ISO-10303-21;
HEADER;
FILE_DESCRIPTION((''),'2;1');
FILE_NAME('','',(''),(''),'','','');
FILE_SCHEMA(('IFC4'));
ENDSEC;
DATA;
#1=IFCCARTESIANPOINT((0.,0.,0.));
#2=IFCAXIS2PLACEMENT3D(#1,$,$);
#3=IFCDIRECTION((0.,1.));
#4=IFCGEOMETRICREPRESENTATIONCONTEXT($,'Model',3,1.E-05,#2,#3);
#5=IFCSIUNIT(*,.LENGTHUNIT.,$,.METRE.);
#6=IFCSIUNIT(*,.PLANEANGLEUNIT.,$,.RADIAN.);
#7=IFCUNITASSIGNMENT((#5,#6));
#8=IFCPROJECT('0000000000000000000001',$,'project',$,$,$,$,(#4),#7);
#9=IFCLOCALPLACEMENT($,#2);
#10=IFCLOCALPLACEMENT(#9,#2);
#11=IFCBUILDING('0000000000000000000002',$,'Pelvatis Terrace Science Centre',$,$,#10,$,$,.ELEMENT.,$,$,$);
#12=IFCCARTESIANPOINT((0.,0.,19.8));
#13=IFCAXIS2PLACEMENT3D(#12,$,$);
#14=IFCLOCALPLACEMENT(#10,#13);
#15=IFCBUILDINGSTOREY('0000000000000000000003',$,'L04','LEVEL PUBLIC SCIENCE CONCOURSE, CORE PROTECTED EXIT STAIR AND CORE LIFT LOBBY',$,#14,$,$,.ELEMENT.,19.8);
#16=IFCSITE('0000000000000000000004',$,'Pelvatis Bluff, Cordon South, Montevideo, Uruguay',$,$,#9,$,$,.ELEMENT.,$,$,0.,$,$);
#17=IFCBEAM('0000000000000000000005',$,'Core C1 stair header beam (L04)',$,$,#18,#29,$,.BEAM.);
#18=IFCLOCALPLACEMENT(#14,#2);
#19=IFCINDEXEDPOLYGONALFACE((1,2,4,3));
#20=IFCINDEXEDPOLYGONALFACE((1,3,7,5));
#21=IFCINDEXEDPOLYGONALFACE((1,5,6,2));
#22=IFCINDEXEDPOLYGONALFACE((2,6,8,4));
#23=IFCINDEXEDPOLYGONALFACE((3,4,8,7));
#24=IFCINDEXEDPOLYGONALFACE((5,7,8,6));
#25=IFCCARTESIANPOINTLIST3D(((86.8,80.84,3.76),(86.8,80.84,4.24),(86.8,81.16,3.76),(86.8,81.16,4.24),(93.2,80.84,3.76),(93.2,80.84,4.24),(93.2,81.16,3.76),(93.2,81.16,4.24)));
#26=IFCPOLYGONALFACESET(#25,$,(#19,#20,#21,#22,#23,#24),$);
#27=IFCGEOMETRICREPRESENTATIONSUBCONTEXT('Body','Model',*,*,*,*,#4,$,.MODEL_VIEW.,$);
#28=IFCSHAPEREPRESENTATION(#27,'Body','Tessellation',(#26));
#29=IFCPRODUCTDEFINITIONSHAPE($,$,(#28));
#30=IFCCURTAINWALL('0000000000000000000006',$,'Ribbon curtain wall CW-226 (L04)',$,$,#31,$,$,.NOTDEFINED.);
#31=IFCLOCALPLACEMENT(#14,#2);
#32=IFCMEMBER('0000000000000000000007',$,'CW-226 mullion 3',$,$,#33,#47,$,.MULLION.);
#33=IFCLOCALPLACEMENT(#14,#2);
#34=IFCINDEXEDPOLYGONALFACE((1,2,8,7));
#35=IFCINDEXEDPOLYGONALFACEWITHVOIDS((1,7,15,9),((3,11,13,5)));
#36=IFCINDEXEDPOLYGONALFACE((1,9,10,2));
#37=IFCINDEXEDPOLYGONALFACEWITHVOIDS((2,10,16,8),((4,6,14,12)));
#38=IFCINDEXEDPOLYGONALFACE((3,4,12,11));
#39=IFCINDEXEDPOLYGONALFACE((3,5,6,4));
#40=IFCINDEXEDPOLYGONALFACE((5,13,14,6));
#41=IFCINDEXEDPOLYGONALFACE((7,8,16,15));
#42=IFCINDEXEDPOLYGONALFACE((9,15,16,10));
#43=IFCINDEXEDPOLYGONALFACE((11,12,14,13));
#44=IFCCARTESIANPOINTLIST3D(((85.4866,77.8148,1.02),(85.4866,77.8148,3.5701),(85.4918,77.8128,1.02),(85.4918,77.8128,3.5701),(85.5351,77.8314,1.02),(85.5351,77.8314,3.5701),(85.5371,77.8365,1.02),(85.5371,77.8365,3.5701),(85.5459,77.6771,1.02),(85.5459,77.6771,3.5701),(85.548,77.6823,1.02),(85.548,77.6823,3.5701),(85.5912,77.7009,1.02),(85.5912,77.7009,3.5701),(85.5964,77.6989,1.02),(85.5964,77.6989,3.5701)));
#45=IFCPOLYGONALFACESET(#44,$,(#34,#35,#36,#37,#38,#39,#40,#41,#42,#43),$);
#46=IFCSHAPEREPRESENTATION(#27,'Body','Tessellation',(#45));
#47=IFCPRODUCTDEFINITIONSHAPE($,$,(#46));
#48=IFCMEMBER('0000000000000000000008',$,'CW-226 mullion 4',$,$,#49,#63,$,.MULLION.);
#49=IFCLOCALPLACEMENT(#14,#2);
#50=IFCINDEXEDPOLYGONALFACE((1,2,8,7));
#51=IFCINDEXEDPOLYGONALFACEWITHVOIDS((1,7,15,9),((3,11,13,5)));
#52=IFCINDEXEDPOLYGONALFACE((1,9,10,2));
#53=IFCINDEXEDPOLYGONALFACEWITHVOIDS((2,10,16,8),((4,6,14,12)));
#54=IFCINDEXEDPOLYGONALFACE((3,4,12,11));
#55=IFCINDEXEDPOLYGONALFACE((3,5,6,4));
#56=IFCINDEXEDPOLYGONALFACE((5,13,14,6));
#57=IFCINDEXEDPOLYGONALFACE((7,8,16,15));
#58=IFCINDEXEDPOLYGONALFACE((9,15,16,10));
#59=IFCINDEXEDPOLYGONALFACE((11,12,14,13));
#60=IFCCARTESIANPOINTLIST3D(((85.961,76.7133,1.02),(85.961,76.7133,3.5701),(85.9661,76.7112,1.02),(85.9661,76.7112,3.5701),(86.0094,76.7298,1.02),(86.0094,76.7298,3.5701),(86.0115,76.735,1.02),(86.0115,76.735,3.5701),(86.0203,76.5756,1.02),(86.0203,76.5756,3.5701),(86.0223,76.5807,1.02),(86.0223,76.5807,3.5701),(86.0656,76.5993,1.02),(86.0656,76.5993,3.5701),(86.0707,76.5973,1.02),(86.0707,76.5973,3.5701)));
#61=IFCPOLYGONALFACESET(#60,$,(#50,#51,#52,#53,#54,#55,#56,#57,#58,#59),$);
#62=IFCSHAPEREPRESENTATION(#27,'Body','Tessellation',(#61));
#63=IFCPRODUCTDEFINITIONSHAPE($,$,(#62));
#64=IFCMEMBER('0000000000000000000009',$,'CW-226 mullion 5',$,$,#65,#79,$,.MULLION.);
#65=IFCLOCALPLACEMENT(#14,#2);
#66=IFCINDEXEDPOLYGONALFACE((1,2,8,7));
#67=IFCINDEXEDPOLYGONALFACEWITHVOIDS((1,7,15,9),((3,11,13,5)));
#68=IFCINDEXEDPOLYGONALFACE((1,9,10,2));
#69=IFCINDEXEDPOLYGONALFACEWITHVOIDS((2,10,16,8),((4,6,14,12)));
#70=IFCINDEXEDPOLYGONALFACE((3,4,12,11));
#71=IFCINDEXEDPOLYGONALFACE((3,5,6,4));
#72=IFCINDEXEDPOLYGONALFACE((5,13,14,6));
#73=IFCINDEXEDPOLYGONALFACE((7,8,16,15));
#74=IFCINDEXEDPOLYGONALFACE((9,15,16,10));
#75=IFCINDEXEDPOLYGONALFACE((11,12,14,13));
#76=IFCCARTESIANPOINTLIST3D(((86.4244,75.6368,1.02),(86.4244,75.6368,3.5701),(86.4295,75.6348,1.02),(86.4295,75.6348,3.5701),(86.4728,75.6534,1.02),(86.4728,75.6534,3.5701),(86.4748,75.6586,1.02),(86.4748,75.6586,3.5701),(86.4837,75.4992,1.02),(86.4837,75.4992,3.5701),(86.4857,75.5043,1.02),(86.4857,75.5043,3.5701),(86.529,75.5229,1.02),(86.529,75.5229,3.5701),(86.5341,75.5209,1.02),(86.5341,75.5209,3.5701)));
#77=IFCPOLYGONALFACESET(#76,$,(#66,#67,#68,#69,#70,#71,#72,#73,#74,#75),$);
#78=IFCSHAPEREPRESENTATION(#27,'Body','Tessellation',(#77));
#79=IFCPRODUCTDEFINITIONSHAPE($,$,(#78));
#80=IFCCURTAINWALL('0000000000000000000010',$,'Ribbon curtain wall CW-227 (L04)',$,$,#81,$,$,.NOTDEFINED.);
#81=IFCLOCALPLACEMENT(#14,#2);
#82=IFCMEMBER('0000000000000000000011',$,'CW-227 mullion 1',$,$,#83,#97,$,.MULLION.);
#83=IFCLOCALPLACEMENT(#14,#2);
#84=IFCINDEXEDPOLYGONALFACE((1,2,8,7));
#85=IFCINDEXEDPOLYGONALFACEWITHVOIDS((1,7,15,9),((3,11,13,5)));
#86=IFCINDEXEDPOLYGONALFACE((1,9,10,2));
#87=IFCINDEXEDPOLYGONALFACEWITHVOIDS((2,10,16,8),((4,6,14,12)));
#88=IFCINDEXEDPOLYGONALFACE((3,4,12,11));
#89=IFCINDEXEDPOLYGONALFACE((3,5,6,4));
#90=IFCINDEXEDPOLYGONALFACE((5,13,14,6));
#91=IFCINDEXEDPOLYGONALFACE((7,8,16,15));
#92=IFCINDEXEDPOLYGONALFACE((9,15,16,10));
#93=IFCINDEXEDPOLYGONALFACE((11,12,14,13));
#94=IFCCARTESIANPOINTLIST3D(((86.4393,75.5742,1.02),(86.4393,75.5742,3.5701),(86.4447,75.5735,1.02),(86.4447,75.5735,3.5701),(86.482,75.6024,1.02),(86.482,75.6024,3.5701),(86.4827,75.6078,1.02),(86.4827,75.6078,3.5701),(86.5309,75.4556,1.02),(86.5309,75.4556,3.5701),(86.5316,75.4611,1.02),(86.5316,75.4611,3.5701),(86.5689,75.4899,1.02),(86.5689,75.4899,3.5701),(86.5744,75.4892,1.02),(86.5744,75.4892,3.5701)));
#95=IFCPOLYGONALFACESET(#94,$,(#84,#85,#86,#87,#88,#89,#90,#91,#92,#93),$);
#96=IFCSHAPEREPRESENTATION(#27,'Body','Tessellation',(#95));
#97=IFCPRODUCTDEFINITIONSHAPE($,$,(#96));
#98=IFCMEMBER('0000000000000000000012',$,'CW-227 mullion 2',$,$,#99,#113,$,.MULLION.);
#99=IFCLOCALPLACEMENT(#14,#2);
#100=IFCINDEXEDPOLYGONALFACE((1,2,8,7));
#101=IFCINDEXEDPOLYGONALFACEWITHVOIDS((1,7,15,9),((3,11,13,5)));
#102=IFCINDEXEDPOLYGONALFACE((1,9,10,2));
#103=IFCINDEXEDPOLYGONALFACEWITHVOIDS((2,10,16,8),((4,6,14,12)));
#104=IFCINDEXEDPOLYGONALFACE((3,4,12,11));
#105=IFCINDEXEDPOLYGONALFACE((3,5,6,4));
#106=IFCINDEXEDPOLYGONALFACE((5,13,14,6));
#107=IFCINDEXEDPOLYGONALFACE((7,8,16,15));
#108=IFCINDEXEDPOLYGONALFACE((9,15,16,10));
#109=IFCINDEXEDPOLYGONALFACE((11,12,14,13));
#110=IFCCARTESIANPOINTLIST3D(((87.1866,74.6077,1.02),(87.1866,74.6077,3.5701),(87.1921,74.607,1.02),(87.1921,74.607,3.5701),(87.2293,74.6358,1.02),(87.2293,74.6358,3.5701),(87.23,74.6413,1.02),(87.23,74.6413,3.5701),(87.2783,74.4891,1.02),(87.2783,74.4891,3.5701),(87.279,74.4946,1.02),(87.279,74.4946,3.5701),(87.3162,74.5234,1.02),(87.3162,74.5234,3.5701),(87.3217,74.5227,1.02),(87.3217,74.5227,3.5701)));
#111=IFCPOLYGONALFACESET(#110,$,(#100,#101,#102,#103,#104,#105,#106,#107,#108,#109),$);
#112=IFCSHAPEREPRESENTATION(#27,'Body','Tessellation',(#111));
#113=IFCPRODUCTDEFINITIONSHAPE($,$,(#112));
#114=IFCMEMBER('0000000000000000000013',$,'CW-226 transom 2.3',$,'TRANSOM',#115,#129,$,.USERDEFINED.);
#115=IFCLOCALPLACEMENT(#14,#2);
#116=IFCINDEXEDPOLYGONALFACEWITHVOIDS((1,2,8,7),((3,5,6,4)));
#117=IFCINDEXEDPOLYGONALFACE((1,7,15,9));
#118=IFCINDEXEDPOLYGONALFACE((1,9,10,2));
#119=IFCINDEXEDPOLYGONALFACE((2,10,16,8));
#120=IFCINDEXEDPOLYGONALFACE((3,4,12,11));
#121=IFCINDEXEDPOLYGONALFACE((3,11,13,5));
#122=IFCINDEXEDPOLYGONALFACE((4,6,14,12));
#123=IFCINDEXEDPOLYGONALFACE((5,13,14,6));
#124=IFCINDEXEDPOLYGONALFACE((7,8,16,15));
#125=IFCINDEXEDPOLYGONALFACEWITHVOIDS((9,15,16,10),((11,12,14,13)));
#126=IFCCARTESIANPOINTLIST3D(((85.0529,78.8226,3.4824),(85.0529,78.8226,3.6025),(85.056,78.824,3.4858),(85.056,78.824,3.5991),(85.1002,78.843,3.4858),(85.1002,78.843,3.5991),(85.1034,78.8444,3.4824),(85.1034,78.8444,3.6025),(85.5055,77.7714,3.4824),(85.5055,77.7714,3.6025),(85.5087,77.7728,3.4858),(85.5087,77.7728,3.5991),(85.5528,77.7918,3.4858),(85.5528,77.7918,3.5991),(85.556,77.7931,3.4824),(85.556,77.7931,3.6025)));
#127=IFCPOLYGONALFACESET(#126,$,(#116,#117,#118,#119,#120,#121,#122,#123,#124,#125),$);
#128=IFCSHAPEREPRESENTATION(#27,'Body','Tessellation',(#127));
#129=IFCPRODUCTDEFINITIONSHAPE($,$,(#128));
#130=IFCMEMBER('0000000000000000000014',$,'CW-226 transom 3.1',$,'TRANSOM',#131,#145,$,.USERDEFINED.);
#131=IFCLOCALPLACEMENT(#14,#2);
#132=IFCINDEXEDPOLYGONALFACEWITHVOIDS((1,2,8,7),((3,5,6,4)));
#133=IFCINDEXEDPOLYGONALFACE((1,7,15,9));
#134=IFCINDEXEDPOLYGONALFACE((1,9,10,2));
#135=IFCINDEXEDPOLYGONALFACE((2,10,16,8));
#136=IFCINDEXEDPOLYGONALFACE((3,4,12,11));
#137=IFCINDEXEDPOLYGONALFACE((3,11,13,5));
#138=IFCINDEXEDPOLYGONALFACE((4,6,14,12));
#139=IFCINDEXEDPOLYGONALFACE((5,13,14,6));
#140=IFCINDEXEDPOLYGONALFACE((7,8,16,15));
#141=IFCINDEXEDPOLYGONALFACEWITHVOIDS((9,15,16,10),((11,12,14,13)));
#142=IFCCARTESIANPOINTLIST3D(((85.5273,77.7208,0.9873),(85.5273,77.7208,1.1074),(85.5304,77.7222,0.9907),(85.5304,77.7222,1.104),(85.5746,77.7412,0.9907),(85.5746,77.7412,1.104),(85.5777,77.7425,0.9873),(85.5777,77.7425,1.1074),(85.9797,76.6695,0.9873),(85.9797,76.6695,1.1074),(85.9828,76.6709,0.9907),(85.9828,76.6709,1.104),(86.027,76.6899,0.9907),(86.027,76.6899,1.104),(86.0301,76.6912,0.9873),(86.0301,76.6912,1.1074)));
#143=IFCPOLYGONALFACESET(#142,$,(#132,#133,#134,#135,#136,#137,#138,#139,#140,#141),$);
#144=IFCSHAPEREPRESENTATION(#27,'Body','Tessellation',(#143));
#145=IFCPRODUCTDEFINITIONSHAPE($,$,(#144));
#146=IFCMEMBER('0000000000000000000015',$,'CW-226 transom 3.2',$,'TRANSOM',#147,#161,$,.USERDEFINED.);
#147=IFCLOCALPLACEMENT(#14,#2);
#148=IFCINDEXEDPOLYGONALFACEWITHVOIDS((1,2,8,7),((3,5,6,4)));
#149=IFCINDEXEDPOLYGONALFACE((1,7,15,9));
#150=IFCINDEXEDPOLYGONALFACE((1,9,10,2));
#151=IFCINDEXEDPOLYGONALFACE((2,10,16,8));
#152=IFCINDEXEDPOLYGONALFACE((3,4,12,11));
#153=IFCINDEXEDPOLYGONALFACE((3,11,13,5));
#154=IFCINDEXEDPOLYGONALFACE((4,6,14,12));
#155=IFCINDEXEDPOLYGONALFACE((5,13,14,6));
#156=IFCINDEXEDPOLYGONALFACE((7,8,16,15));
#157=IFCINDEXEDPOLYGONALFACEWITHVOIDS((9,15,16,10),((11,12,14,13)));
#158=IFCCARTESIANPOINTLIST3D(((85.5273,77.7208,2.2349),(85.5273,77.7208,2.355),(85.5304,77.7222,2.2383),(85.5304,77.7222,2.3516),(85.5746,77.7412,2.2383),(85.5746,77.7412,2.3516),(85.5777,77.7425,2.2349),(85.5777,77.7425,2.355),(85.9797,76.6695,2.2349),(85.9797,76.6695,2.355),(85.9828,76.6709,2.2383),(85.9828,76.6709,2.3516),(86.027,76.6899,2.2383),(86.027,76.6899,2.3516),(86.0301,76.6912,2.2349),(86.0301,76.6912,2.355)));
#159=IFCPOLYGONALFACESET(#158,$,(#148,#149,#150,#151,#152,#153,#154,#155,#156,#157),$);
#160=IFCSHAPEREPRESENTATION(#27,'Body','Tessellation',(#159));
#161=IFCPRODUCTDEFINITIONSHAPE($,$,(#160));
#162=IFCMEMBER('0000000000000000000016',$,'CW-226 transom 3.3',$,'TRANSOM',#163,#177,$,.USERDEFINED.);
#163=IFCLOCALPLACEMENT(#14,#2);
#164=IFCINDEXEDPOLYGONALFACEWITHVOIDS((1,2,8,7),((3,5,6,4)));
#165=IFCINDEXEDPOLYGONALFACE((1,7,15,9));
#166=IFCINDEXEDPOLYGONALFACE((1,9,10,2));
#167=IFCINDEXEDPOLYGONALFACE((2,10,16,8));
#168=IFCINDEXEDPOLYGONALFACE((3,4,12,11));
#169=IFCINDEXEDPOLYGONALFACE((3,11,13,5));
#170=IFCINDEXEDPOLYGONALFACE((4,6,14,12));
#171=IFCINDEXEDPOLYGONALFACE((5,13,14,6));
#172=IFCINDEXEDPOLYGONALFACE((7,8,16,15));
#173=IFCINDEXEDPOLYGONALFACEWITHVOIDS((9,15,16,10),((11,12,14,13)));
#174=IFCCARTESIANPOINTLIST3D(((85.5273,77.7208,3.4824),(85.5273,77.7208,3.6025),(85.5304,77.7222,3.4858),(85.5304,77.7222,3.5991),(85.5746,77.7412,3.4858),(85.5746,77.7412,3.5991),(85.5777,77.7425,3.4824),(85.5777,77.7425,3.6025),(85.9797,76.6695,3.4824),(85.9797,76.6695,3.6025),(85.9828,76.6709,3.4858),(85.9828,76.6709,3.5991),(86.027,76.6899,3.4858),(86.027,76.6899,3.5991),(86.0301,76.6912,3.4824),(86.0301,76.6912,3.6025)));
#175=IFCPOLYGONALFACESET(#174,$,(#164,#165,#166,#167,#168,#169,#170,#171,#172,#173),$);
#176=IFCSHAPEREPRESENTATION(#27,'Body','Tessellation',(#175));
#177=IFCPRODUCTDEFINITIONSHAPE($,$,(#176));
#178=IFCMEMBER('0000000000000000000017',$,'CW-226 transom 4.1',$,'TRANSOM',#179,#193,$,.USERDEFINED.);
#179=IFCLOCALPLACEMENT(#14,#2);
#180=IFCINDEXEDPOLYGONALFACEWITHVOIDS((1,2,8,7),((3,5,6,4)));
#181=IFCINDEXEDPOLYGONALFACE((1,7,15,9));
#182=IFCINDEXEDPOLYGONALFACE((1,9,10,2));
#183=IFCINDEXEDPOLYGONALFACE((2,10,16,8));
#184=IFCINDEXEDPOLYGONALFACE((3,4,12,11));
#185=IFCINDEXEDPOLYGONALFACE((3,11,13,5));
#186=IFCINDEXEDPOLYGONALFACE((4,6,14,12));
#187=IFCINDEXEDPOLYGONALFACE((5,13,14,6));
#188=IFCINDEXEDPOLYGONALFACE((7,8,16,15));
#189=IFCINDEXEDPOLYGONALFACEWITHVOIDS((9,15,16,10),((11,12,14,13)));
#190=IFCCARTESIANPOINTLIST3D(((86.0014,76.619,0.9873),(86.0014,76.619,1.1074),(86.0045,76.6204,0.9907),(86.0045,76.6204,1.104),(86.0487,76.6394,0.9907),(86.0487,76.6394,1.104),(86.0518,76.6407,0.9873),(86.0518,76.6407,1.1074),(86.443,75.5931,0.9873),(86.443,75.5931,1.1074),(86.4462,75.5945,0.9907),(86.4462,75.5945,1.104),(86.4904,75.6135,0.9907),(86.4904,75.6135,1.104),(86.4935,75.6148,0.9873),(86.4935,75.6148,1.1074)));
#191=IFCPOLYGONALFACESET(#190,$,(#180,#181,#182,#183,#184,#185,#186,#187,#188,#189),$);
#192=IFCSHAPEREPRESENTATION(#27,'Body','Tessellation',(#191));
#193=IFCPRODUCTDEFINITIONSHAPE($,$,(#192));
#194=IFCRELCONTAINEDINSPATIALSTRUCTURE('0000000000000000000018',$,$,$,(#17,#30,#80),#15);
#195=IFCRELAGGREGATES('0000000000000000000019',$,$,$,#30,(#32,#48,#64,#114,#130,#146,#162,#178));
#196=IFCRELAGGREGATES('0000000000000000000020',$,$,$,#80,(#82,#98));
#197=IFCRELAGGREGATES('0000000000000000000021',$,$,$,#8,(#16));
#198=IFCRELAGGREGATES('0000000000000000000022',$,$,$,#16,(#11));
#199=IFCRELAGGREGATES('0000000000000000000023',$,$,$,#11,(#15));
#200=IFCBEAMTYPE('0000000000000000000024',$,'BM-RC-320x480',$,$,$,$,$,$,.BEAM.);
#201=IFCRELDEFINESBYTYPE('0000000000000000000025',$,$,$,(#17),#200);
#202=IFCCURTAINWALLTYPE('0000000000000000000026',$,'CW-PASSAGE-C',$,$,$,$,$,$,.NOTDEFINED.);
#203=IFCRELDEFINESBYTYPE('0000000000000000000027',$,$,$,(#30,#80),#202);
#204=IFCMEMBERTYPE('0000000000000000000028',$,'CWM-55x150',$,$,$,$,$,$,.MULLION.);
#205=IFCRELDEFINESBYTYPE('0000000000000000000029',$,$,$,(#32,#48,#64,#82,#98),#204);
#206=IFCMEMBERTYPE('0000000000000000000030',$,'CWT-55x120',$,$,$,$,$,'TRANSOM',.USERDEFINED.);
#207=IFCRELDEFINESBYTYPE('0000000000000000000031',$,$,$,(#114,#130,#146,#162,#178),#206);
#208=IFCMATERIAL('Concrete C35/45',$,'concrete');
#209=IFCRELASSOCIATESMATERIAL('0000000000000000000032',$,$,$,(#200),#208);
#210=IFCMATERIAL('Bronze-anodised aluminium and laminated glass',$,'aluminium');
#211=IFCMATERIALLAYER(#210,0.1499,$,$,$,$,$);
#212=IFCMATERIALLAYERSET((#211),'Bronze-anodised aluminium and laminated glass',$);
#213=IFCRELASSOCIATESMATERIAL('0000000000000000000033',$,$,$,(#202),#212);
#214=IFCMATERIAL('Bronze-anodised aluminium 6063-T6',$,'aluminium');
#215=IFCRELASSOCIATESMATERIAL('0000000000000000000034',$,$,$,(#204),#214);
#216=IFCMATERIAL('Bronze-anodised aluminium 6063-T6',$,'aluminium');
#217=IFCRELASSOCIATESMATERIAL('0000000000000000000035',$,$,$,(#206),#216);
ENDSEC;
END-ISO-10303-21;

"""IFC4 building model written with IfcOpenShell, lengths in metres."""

from ifc_helpers import new_model, si_unit, direction, frame, origin, origin_2d, place, context, subcontext, project, spatial, rectangle, hollow_rectangle, extrude, material, layer, layer_set, material_profile, profile_set, type_object, element, aggregate, save


model = new_model("IFC4")

# Units and contexts
model_context = context("Model", 3, precision=1e-05, world=origin(), true_north=direction((0.0, 1.0)))
body_context = subcontext(model_context, "Body", "Model", "MODEL_VIEW")
ifc_project = project(units=[si_unit("LENGTHUNIT", "METRE"), si_unit("PLANEANGLEUNIT", "RADIAN")], contexts=[model_context])

# Site, building, storey
site_placement = place(None, origin())
site = spatial("IfcSite", under=ifc_project, at=site_placement, Name="Pelvatis Bluff, Cordon South, Montevideo, Uruguay", CompositionType="ELEMENT", RefElevation=0.0)
building_placement = place(site_placement, origin())
building = spatial("IfcBuilding", under=site, at=building_placement, Name="Pelvatis Terrace Science Centre", CompositionType="ELEMENT")
storey_placement = place(building_placement, frame((0.0, 0.0, 19.8)))
storey = spatial("IfcBuildingStorey", under=building, at=storey_placement, Name="L04", Description="LEVEL PUBLIC SCIENCE CONCOURSE, CORE PROTECTED EXIT STAIR AND CORE LIFT LOBBY", CompositionType="ELEMENT", Elevation=19.8)

# Beam
ifc_material_1 = material(Name="Concrete C35/45", Category="concrete")
ifc_material_profile_1 = material_profile(ifc_material_1, rectangle(XDim=0.3201, YDim=0.48, at=origin_2d()), Name="RC-BM 320x480")
ifc_profile_set_1 = profile_set([ifc_material_profile_1], Name="Concrete C35/45")
beam_type = type_object("IfcBeamType", Name="BM-RC-320x480", PredefinedType="BEAM", material=ifc_profile_set_1)
beam_placement = place(storey_placement, frame((86.8, 81.0, 4.0), z_axis=(1.0, 0.0, 0.0), x_axis=(0.0, 1.0, 0.0)))
element("IfcBeam", 1, at=beam_placement, inside=storey, type_object=beam_type, Name="Core C1 stair header beam (L04)", PredefinedType="BEAM", context=body_context, shape_type="SweptSolid", body=[
    extrude(rectangle(XDim=0.3201, YDim=0.48, at=origin_2d()), origin(), (0.0, 0.0, 1.0), 6.3999),
])

# Curtain walls, members
ifc_material_2 = material(Name="Bronze-anodised aluminium and laminated glass", Category="aluminium")
ifc_layer_1 = layer(ifc_material_2, 0.1499)
ifc_layer_set_1 = layer_set([ifc_layer_1], Name="Bronze-anodised aluminium and laminated glass")
curtain_wall_type = type_object("IfcCurtainWallType", Name="CW-PASSAGE-C", PredefinedType="NOTDEFINED", material=ifc_layer_set_1)
curtain_wall_1_placement = place(storey_placement, origin())
curtain_wall_1 = element("IfcCurtainWall", 2, at=curtain_wall_1_placement, inside=storey, type_object=curtain_wall_type, Name="Ribbon curtain wall CW-226 (L04)", PredefinedType="NOTDEFINED")
ifc_material_3 = material(Name="Bronze-anodised aluminium 6063-T6", Category="aluminium")
ifc_material_profile_2 = material_profile(ifc_material_3, hollow_rectangle(XDim=0.0549, YDim=0.1499, WallThickness=0.0039, at=origin_2d()), Name="ALU-MUL 55x150")
ifc_profile_set_2 = profile_set([ifc_material_profile_2], Name="Bronze-anodised aluminium 6063-T6")
member_type_1 = type_object("IfcMemberType", Name="CWM-55x150", PredefinedType="MULLION", material=ifc_profile_set_2)
member_1_placement = place(storey_placement, frame((85.5415, 77.7568, 1.02), z_axis=(0.0, 0.0, 1.0), x_axis=(0.918515, 0.395385, 0.0)))
member_1 = element("IfcMember", 3, at=member_1_placement, type_object=member_type_1, Name="CW-226 mullion 3", PredefinedType="MULLION", context=body_context, shape_type="SweptSolid", body=[
    extrude(hollow_rectangle(XDim=0.0549, YDim=0.1499, WallThickness=0.0039, at=origin_2d()), origin(), (0.0, 0.0, 1.0), 2.55),
])
member_2_placement = place(storey_placement, frame((86.0159, 76.6553, 1.02), z_axis=(0.0, 0.0, 1.0), x_axis=(0.918515, 0.395385, 0.0)))
member_2 = element("IfcMember", 4, at=member_2_placement, type_object=member_type_1, Name="CW-226 mullion 4", PredefinedType="MULLION", context=body_context, shape_type="SweptSolid", body=[
    extrude(hollow_rectangle(XDim=0.0549, YDim=0.1499, WallThickness=0.0039, at=origin_2d()), origin(), (0.0, 0.0, 1.0), 2.55),
])
member_3_placement = place(storey_placement, frame((86.4792, 75.5789, 1.02), z_axis=(0.0, 0.0, 1.0), x_axis=(0.918515, 0.395385, 0.0)))
member_3 = element("IfcMember", 5, at=member_3_placement, type_object=member_type_1, Name="CW-226 mullion 5", PredefinedType="MULLION", context=body_context, shape_type="SweptSolid", body=[
    extrude(hollow_rectangle(XDim=0.0549, YDim=0.1499, WallThickness=0.0039, at=origin_2d()), origin(), (0.0, 0.0, 1.0), 2.55),
])
curtain_wall_2_placement = place(storey_placement, origin())
curtain_wall_2 = element("IfcCurtainWall", 6, at=curtain_wall_2_placement, inside=storey, type_object=curtain_wall_type, Name="Ribbon curtain wall CW-227 (L04)", PredefinedType="NOTDEFINED")
member_4_placement = place(storey_placement, frame((86.5068, 75.5317, 1.02), z_axis=(0.0, 0.0, 1.0), x_axis=(0.791181, 0.611582, 0.0)))
member_4 = element("IfcMember", 7, at=member_4_placement, type_object=member_type_1, Name="CW-227 mullion 1", PredefinedType="MULLION", context=body_context, shape_type="SweptSolid", body=[
    extrude(hollow_rectangle(XDim=0.0549, YDim=0.1499, WallThickness=0.0039, at=origin_2d()), origin(), (0.0, 0.0, 1.0), 2.55),
])
member_5_placement = place(storey_placement, frame((87.2542, 74.5652, 1.02), z_axis=(0.0, 0.0, 1.0), x_axis=(0.791181, 0.611582, 0.0)))
member_5 = element("IfcMember", 8, at=member_5_placement, type_object=member_type_1, Name="CW-227 mullion 2", PredefinedType="MULLION", context=body_context, shape_type="SweptSolid", body=[
    extrude(hollow_rectangle(XDim=0.0549, YDim=0.1499, WallThickness=0.0039, at=origin_2d()), origin(), (0.0, 0.0, 1.0), 2.55),
])

# Members
ifc_material_4 = material(Name="Bronze-anodised aluminium 6063-T6", Category="aluminium")
ifc_material_profile_3 = material_profile(ifc_material_4, hollow_rectangle(XDim=0.0549, YDim=0.1201, WallThickness=0.0034, at=origin_2d()), Name="ALU-TRN 55x120")
ifc_profile_set_3 = profile_set([ifc_material_profile_3], Name="Bronze-anodised aluminium 6063-T6")
member_type_2 = type_object("IfcMemberType", Name="CWT-55x120", ElementType="TRANSOM", PredefinedType="USERDEFINED", material=ifc_profile_set_3)
member_6_placement = place(storey_placement, frame((85.0781, 78.8335, 3.5425), z_axis=(0.395463, -0.918482, 0.0), x_axis=(0.918482, 0.395463, 0.0)))
member_6 = element("IfcMember", 9, at=member_6_placement, type_object=member_type_2, Name="CW-226 transom 2.3", ObjectType="TRANSOM", PredefinedType="USERDEFINED", context=body_context, shape_type="SweptSolid", body=[
    extrude(hollow_rectangle(XDim=0.0549, YDim=0.1201, WallThickness=0.0034, at=origin_2d()), origin(), (0.0, 0.0, 1.0), 1.1445),
])
member_7_placement = place(storey_placement, frame((85.5525, 77.7317, 1.0474), z_axis=(0.395283, -0.918559, 0.0), x_axis=(0.918559, 0.395283, 0.0)))
member_7 = element("IfcMember", 10, at=member_7_placement, type_object=member_type_2, Name="CW-226 transom 3.1", ObjectType="TRANSOM", PredefinedType="USERDEFINED", context=body_context, shape_type="SweptSolid", body=[
    extrude(hollow_rectangle(XDim=0.0549, YDim=0.1201, WallThickness=0.0034, at=origin_2d()), origin(), (0.0, 0.0, 1.0), 1.1445),
])
member_8_placement = place(storey_placement, frame((85.5525, 77.7317, 2.2949), z_axis=(0.395283, -0.918559, 0.0), x_axis=(0.918559, 0.395283, 0.0)))
member_8 = element("IfcMember", 11, at=member_8_placement, type_object=member_type_2, Name="CW-226 transom 3.2", ObjectType="TRANSOM", PredefinedType="USERDEFINED", context=body_context, shape_type="SweptSolid", body=[
    extrude(hollow_rectangle(XDim=0.0549, YDim=0.1201, WallThickness=0.0034, at=origin_2d()), origin(), (0.0, 0.0, 1.0), 1.1445),
])
member_9_placement = place(storey_placement, frame((85.5525, 77.7317, 3.5425), z_axis=(0.395283, -0.918559, 0.0), x_axis=(0.918559, 0.395283, 0.0)))
member_9 = element("IfcMember", 12, at=member_9_placement, type_object=member_type_2, Name="CW-226 transom 3.3", ObjectType="TRANSOM", PredefinedType="USERDEFINED", context=body_context, shape_type="SweptSolid", body=[
    extrude(hollow_rectangle(XDim=0.0549, YDim=0.1201, WallThickness=0.0034, at=origin_2d()), origin(), (0.0, 0.0, 1.0), 1.1445),
])
member_10_placement = place(storey_placement, frame((86.0266, 76.6299, 1.0474), z_axis=(0.395422, -0.918499, 0.0), x_axis=(0.918499, 0.395422, 0.0)))
member_10 = element("IfcMember", 13, at=member_10_placement, type_object=member_type_2, Name="CW-226 transom 4.1", ObjectType="TRANSOM", PredefinedType="USERDEFINED", context=body_context, shape_type="SweptSolid", body=[
    extrude(hollow_rectangle(XDim=0.0549, YDim=0.1201, WallThickness=0.0034, at=origin_2d()), origin(), (0.0, 0.0, 1.0), 1.1169),
])

aggregate(curtain_wall_1, [member_1, member_2, member_3, member_6, member_7, member_8, member_9, member_10])
aggregate(curtain_wall_2, [member_4, member_5])

save(model, "model.ifc")
